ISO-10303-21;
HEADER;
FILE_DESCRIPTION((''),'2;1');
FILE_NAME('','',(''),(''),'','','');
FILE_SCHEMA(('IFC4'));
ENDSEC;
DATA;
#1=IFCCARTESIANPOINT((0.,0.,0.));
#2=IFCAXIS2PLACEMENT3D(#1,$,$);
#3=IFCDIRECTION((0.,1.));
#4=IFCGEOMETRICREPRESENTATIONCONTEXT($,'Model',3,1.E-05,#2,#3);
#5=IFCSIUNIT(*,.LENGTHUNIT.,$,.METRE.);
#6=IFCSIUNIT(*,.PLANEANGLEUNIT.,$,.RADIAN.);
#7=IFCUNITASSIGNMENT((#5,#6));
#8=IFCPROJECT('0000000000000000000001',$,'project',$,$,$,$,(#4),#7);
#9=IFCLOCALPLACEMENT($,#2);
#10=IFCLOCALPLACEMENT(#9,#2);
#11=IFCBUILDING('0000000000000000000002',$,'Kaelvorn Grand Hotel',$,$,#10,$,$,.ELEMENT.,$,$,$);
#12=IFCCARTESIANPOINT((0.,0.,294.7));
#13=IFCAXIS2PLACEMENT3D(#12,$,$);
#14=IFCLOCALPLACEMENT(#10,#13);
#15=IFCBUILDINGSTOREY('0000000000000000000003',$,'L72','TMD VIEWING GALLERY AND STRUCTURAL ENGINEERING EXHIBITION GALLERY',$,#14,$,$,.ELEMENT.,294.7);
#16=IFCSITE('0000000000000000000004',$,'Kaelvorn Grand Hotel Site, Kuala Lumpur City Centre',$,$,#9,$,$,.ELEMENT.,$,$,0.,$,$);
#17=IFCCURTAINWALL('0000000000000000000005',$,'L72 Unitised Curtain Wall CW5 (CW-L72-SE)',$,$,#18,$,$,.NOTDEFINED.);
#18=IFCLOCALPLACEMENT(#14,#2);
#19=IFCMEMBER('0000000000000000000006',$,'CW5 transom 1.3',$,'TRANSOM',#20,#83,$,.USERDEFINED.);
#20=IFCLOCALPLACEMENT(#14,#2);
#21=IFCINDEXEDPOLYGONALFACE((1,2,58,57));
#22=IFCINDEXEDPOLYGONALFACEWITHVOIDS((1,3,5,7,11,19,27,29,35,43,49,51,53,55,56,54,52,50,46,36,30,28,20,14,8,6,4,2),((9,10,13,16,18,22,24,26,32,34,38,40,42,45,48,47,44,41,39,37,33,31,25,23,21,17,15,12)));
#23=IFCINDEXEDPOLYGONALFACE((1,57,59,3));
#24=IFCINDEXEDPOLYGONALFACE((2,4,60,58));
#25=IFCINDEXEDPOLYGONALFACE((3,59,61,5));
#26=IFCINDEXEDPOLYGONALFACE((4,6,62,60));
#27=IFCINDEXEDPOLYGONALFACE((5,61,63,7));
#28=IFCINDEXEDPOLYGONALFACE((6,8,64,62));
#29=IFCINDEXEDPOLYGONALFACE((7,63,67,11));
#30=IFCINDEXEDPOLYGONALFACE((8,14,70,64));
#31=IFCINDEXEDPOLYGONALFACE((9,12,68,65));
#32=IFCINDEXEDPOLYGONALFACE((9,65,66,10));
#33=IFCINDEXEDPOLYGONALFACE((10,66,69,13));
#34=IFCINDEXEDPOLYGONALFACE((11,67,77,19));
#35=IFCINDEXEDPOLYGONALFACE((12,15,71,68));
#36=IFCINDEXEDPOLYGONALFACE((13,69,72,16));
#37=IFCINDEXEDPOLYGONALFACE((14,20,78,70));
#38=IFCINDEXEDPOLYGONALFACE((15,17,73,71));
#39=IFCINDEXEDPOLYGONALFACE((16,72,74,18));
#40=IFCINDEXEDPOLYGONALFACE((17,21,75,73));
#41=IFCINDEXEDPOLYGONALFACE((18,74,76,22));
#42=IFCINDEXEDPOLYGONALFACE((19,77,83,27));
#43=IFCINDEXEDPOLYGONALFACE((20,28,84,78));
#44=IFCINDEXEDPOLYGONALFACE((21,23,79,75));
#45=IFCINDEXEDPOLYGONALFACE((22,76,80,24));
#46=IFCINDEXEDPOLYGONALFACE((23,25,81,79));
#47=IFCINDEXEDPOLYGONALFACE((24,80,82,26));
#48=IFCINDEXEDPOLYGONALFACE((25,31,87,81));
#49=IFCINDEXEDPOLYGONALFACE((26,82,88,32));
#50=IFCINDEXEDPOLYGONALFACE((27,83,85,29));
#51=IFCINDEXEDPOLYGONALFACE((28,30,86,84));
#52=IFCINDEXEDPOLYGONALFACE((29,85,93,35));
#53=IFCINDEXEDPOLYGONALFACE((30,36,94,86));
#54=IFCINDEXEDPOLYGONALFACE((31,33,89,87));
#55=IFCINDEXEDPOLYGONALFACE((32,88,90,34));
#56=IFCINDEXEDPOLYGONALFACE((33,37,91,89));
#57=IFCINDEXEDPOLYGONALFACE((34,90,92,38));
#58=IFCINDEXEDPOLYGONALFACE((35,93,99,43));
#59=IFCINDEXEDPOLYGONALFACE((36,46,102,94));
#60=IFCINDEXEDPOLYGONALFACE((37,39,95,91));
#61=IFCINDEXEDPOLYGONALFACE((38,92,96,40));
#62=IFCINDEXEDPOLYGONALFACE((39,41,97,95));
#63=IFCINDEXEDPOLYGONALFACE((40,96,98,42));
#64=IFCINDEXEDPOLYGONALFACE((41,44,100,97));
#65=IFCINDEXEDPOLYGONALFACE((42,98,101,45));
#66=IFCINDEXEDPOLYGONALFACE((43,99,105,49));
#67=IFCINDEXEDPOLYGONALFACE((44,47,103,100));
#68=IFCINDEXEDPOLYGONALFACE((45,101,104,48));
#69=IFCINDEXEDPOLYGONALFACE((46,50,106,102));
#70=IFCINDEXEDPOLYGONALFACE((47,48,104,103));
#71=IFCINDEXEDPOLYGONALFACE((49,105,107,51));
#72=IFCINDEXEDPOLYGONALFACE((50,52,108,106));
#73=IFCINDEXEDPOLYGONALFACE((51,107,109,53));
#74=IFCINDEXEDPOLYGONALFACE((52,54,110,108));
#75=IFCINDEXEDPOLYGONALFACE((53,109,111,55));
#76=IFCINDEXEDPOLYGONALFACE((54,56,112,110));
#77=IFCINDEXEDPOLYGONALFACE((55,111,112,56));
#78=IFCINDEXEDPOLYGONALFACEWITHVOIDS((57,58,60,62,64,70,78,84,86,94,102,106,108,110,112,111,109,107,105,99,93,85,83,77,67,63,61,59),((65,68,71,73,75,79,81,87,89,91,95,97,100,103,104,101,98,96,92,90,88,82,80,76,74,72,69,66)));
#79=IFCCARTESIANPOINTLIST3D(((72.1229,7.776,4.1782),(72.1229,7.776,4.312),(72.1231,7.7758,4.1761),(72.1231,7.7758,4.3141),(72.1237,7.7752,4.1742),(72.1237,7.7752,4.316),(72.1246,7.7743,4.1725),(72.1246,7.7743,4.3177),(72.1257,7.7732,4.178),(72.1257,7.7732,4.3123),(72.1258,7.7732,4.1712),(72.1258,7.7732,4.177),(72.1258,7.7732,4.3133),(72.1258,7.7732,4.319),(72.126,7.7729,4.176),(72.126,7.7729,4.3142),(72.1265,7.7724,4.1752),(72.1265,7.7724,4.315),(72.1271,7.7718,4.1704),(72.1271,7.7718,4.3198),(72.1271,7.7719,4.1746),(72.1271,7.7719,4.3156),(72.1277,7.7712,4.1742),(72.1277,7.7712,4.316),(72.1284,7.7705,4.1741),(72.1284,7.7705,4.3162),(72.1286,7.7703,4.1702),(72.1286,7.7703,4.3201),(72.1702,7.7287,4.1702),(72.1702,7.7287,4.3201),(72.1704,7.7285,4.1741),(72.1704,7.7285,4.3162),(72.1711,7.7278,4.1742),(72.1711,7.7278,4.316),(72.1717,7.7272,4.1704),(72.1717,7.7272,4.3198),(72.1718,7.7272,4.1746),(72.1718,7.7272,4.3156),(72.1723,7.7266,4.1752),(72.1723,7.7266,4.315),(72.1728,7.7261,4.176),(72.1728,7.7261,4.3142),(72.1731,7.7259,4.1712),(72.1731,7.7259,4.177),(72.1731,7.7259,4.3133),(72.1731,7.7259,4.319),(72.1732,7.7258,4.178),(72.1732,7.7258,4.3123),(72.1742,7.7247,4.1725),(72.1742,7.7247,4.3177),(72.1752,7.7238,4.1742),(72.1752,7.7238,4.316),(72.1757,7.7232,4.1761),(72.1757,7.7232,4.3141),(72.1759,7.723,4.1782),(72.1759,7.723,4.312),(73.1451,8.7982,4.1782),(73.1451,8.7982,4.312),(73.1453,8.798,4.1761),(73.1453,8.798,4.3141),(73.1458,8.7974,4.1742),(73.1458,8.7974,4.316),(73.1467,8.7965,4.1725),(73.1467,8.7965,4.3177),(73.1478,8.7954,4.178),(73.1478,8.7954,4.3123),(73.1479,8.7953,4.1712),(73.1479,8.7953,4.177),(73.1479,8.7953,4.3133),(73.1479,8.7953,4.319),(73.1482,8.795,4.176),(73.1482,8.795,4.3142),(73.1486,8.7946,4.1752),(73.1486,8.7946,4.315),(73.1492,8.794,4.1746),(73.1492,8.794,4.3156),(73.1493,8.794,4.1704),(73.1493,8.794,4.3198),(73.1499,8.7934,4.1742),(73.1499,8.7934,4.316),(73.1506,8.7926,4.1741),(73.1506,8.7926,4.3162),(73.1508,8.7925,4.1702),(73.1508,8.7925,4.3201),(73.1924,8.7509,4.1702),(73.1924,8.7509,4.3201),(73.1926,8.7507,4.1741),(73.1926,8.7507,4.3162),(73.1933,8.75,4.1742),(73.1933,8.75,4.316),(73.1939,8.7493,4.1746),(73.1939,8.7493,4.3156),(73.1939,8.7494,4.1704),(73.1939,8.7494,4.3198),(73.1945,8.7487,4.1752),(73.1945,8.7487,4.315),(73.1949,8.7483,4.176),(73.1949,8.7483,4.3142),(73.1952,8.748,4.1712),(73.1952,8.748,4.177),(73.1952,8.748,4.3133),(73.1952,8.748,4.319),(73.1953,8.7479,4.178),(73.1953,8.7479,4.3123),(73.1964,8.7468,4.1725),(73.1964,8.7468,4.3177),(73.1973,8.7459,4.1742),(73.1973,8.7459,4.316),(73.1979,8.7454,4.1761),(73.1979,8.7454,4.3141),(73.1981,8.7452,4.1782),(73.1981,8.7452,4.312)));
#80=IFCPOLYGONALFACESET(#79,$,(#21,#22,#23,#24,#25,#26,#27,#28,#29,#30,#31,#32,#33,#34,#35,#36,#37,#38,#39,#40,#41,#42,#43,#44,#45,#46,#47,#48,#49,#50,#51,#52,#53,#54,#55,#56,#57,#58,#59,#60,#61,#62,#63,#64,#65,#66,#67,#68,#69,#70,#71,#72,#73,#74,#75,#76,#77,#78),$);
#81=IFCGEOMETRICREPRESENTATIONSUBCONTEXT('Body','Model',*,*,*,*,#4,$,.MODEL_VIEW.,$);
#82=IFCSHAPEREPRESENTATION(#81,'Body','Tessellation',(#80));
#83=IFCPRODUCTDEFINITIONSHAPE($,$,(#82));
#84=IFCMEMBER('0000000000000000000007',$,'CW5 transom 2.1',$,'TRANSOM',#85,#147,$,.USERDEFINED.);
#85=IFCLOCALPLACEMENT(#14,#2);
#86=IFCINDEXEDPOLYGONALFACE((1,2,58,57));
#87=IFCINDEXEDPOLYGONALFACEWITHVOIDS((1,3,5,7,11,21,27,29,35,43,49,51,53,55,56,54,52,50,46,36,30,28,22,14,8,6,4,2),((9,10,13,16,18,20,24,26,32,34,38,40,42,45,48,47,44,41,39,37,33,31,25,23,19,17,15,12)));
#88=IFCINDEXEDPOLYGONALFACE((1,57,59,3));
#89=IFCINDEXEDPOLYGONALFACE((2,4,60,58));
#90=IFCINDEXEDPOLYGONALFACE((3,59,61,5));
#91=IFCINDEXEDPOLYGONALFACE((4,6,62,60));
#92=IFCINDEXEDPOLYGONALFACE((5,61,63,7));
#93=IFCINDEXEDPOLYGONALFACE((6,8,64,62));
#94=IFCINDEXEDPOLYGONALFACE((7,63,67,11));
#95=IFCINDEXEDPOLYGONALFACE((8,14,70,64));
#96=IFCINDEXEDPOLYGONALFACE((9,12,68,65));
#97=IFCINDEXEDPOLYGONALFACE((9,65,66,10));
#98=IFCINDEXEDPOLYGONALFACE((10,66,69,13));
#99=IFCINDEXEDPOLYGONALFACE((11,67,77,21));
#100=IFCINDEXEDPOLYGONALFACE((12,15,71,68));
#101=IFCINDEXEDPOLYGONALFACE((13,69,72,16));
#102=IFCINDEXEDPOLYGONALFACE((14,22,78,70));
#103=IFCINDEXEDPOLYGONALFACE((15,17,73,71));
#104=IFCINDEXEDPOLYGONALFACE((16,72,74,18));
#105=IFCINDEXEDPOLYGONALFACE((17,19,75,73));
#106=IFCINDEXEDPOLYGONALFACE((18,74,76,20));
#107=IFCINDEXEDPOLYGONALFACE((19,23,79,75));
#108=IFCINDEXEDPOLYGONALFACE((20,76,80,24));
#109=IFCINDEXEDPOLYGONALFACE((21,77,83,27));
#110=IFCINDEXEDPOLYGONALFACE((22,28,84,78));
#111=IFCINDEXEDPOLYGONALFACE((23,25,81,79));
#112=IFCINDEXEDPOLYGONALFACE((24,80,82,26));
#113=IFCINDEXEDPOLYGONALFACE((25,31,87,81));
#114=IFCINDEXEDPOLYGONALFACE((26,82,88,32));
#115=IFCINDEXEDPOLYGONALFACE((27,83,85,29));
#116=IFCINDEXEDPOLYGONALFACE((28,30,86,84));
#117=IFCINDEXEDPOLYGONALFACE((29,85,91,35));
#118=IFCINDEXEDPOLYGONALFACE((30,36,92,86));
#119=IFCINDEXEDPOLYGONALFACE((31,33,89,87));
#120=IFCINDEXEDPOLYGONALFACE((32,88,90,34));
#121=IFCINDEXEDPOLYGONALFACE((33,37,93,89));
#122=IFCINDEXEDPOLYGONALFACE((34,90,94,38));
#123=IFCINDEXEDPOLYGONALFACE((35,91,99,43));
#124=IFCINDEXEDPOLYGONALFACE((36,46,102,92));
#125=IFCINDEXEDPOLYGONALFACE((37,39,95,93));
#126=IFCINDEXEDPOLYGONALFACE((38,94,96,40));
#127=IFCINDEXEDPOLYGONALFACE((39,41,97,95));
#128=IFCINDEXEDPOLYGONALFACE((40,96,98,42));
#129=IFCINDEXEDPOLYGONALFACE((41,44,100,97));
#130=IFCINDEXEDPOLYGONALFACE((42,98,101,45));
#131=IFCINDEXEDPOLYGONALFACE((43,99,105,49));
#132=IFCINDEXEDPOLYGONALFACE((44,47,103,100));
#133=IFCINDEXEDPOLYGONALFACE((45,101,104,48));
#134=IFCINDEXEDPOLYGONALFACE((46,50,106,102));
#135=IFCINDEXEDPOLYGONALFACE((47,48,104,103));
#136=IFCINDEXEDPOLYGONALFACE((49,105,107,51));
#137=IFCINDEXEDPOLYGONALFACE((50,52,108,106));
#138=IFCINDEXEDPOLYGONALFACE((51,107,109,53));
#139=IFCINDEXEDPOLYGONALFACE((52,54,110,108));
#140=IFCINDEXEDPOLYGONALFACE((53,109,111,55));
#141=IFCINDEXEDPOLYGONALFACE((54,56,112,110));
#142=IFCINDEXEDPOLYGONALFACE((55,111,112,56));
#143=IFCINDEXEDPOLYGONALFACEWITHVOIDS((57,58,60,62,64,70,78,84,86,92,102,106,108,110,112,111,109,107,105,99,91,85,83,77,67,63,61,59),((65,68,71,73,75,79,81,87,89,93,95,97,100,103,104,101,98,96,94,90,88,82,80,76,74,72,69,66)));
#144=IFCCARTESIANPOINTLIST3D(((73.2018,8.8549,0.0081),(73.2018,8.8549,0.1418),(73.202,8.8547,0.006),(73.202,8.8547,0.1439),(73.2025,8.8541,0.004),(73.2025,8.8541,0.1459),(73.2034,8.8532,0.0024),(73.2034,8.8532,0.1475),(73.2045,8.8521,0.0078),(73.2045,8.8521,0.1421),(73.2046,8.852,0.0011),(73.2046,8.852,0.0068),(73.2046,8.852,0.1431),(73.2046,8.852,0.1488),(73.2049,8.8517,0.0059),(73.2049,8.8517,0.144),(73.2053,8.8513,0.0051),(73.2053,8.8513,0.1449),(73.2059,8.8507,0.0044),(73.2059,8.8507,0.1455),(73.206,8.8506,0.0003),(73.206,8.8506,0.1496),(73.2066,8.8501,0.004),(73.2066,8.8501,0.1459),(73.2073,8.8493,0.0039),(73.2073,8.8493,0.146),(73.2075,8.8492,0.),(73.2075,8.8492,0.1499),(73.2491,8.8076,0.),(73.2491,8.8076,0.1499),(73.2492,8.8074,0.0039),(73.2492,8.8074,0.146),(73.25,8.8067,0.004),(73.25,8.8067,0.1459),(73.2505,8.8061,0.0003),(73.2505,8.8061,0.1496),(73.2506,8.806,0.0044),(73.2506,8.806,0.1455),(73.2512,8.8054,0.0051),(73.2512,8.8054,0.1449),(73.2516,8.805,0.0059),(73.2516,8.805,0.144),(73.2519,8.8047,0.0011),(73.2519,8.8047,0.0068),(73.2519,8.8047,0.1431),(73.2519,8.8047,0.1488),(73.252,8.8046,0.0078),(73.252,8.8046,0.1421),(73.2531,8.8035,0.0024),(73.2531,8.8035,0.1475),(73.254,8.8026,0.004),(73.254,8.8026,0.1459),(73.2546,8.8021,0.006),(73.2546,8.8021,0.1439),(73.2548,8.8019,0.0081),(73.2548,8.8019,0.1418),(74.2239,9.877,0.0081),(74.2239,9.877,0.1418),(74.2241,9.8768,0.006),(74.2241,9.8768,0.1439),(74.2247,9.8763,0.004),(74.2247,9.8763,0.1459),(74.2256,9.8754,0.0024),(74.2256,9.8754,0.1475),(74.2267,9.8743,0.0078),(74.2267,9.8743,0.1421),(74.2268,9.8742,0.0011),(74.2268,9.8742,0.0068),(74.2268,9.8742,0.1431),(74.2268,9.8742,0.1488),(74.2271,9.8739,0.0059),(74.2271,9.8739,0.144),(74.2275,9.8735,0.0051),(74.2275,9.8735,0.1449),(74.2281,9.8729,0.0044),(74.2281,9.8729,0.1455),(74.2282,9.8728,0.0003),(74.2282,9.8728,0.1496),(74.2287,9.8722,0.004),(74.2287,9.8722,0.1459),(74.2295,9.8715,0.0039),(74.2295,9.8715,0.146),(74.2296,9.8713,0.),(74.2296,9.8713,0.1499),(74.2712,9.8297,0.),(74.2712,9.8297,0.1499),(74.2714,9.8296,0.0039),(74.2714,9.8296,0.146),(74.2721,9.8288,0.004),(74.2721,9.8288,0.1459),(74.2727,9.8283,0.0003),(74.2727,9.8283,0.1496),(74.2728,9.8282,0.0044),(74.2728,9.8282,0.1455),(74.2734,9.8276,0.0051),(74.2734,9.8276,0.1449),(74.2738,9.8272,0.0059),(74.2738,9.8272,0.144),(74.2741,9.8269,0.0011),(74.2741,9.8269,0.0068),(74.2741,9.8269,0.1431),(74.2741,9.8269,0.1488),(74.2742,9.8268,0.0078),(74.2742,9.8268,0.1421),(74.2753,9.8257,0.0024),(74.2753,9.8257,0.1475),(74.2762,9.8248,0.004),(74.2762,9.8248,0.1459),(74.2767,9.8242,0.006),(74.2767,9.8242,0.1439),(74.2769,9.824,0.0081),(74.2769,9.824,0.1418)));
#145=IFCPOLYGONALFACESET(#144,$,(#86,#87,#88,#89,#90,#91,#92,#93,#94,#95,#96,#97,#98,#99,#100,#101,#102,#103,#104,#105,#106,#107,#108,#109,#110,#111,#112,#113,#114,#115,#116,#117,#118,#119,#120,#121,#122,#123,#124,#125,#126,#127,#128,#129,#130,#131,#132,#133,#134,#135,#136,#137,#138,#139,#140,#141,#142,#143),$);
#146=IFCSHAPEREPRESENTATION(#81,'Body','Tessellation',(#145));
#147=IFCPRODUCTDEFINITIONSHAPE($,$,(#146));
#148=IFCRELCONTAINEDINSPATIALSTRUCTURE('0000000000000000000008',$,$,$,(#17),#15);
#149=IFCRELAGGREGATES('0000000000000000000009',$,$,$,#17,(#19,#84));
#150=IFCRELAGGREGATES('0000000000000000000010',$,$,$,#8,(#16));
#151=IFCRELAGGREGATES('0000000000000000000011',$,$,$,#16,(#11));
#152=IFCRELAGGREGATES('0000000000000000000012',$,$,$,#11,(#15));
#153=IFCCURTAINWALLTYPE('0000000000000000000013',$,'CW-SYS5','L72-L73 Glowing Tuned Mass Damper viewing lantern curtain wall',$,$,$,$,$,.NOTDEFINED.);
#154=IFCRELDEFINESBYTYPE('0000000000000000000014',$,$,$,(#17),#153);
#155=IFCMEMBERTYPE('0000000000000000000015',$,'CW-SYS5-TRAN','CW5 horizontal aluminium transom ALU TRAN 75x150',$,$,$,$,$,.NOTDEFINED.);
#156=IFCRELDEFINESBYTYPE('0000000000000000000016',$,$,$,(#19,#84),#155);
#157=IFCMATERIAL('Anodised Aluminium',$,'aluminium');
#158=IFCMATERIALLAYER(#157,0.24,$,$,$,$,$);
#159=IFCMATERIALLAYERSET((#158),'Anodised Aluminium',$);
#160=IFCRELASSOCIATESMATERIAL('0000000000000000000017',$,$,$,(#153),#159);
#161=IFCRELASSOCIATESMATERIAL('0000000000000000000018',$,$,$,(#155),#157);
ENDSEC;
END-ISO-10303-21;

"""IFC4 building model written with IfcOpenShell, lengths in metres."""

from ifc_helpers import new_model, si_unit, direction, frame, origin, origin_2d, place, context, subcontext, project, spatial, hollow_rectangle, extrude, material, layer, layer_set, material_profile, profile_set, type_object, element, aggregate, save


model = new_model("IFC4")

# Units and contexts
model_context = context("Model", 3, precision=1e-05, world=origin(), true_north=direction((0.0, 1.0)))
body_context = subcontext(model_context, "Body", "Model", "MODEL_VIEW")
ifc_project = project(units=[si_unit("LENGTHUNIT", "METRE"), si_unit("PLANEANGLEUNIT", "RADIAN")], contexts=[model_context])

# Site, building, storey
site_placement = place(None, origin())
site = spatial("IfcSite", under=ifc_project, at=site_placement, Name="Kaelvorn Grand Hotel Site, Kuala Lumpur City Centre", CompositionType="ELEMENT", RefElevation=0.0)
building_placement = place(site_placement, origin())
building = spatial("IfcBuilding", under=site, at=building_placement, Name="Kaelvorn Grand Hotel", CompositionType="ELEMENT")
storey_placement = place(building_placement, frame((0.0, 0.0, 294.7)))
storey = spatial("IfcBuildingStorey", under=building, at=storey_placement, Name="L72", Description="TMD VIEWING GALLERY AND STRUCTURAL ENGINEERING EXHIBITION GALLERY", CompositionType="ELEMENT", Elevation=294.7)

# Curtain wall
ifc_material_1 = material(Name="Anodised Aluminium", Category="aluminium")
ifc_layer_1 = layer(ifc_material_1, 0.24)
ifc_layer_set_1 = layer_set([ifc_layer_1], Name="Anodised Aluminium")
curtain_wall_type = type_object("IfcCurtainWallType", Name="CW-SYS5", Description="L72-L73 Glowing Tuned Mass Damper viewing lantern curtain wall", PredefinedType="NOTDEFINED", material=ifc_layer_set_1)
curtain_wall_1_placement = place(storey_placement, origin())
curtain_wall_1 = element("IfcCurtainWall", 1, at=curtain_wall_1_placement, inside=storey, type_object=curtain_wall_type, Name="L72 Unitised Curtain Wall CW5 (CW-L72-SE)", PredefinedType="NOTDEFINED")

# Members
ifc_material_profile_1 = material_profile(ifc_material_1, hollow_rectangle(XDim=0.075, YDim=0.1499, WallThickness=0.0039, InnerFilletRadius=0.0039, OuterFilletRadius=0.0081, at=origin_2d()), Name="ALU TRAN 75x150")
ifc_profile_set_1 = profile_set([ifc_material_profile_1], Name="Anodised Aluminium")
member_type_1 = type_object("IfcMemberType", Name="CW-SYS5-TRAN", Description="CW5 horizontal aluminium transom ALU TRAN 75x150", PredefinedType="NOTDEFINED", material=ifc_profile_set_1)
member_1_placement = place(storey_placement, frame((72.1494, 7.7495, 4.2451), z_axis=(0.707107, 0.707107, 0.0), x_axis=(-0.707107, 0.707107, 0.0)))
member_1 = element("IfcMember", 2, at=member_1_placement, type_object=member_type_1, Name="CW5 transom 1.3", ObjectType="TRANSOM", PredefinedType="USERDEFINED", context=body_context, shape_type="SweptSolid", body=[
    extrude(hollow_rectangle(XDim=0.075, YDim=0.1499, WallThickness=0.0039, InnerFilletRadius=0.0039, OuterFilletRadius=0.0081, at=origin_2d()), origin(), (0.0, 0.0, 1.0), 1.4456),
])
member_2_placement = place(storey_placement, frame((73.2283, 8.8284, 0.075), z_axis=(0.707107, 0.707107, 0.0), x_axis=(-0.707107, 0.707107, 0.0)))
member_2 = element("IfcMember", 3, at=member_2_placement, type_object=member_type_1, Name="CW5 transom 2.1", ObjectType="TRANSOM", PredefinedType="USERDEFINED", context=body_context, shape_type="SweptSolid", body=[
    extrude(hollow_rectangle(XDim=0.075, YDim=0.1499, WallThickness=0.0039, InnerFilletRadius=0.0039, OuterFilletRadius=0.0081, at=origin_2d()), origin(), (0.0, 0.0, 1.0), 1.4456),
])

aggregate(curtain_wall_1, [member_1, member_2])

save(model, "model.ifc")
